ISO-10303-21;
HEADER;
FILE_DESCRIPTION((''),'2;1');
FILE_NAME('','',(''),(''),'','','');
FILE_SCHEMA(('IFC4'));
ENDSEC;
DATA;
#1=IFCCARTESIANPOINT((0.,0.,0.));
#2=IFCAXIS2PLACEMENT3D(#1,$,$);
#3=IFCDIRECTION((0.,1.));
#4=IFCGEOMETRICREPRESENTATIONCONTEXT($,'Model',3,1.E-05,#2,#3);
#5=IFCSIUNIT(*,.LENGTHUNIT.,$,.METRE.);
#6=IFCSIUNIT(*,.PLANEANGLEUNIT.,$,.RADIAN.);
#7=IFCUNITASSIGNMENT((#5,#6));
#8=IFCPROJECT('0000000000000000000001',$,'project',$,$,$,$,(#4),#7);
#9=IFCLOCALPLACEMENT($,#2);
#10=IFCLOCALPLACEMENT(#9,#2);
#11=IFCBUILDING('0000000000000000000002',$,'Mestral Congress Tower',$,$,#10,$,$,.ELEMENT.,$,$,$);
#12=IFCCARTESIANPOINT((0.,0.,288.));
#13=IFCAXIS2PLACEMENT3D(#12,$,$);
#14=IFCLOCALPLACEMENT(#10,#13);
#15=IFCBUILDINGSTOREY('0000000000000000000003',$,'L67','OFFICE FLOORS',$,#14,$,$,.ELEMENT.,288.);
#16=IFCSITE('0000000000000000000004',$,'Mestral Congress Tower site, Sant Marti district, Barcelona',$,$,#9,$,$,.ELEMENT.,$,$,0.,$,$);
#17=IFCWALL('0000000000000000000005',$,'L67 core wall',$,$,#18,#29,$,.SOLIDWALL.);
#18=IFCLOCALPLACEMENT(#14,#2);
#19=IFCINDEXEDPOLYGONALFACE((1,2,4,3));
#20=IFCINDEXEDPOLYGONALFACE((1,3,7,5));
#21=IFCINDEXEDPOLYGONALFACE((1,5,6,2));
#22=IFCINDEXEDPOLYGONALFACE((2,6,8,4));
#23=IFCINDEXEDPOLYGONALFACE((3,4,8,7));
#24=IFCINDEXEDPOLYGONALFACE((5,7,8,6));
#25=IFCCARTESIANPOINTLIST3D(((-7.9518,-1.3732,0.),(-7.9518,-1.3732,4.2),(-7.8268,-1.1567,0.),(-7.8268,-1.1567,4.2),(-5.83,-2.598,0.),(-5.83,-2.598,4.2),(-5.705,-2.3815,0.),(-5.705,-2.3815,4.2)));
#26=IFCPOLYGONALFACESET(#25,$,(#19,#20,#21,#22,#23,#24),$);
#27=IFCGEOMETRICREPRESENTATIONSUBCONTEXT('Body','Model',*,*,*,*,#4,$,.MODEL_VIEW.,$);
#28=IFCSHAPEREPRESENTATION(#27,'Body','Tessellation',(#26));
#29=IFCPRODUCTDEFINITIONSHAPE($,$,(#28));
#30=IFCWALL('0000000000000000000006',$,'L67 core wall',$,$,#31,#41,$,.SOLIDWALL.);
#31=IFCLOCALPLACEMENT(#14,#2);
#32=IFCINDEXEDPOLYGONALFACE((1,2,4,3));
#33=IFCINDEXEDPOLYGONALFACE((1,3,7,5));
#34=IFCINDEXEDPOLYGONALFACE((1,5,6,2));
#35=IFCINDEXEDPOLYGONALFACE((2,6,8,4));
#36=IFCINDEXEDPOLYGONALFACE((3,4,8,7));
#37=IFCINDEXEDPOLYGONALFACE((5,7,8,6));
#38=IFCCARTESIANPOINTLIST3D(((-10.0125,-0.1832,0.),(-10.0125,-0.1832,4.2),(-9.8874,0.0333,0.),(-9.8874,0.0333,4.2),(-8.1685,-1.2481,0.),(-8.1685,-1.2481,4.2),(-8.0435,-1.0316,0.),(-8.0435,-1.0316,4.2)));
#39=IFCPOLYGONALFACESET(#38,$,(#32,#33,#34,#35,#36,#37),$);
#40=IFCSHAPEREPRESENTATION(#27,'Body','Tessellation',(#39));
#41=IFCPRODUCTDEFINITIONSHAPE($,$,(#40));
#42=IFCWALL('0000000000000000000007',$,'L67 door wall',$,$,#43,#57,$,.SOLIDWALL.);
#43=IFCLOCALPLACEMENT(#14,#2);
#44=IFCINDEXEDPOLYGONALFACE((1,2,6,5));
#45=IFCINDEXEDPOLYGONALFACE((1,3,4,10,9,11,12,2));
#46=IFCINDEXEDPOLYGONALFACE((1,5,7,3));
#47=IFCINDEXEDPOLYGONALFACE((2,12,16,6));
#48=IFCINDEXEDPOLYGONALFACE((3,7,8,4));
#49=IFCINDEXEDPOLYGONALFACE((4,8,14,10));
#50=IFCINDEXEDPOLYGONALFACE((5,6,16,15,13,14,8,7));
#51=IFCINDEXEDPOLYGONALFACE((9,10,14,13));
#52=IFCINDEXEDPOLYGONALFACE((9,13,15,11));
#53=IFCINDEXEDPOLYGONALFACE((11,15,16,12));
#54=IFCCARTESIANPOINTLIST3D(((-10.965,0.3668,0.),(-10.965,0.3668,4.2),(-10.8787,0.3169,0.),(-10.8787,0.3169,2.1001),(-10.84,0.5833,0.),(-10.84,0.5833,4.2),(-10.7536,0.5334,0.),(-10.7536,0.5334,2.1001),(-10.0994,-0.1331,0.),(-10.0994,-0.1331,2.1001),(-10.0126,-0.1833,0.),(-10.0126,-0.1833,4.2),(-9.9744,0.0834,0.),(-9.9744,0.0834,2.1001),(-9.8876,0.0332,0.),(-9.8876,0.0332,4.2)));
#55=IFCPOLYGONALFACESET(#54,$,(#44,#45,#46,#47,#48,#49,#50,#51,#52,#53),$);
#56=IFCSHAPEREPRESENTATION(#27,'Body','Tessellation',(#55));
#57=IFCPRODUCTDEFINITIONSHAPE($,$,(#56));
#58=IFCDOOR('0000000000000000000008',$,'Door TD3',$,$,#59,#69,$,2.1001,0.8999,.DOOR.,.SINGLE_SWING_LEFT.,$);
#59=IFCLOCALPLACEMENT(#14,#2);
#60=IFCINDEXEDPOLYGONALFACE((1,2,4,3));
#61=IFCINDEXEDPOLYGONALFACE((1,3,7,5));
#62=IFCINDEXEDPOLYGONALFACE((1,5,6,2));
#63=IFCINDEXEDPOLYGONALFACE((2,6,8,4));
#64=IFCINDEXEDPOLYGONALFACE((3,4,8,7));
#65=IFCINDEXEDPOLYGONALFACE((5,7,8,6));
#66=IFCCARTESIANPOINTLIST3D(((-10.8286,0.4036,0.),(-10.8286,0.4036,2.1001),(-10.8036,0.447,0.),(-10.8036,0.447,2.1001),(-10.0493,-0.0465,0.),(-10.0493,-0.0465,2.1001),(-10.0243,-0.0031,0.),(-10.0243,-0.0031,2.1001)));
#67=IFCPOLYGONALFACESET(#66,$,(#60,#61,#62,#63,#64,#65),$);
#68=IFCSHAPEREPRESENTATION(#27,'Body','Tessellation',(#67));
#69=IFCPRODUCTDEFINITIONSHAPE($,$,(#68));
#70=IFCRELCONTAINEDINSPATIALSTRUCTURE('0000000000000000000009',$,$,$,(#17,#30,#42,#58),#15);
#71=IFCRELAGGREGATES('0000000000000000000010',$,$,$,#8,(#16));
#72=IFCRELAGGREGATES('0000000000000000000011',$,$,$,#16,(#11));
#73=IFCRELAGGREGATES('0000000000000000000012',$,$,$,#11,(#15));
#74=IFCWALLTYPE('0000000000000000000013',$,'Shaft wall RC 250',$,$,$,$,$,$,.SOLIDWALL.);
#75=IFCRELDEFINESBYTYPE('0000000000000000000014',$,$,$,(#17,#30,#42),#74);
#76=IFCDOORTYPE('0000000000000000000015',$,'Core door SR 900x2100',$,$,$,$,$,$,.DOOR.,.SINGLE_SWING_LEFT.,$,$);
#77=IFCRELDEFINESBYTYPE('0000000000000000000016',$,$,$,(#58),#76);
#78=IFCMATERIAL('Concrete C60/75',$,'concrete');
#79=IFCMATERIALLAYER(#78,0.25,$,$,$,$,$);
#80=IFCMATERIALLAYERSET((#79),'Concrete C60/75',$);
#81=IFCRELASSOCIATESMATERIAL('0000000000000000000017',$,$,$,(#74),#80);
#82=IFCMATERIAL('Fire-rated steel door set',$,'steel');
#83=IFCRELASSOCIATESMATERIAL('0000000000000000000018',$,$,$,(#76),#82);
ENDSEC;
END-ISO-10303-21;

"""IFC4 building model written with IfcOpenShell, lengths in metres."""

from ifc_helpers import new_model, si_unit, direction, frame, frame_2d, origin, place, context, subcontext, project, spatial, rectangle, extrude, material, layer, layer_set, type_object, element, fill, save


model = new_model("IFC4")

# Units and contexts
model_context = context("Model", 3, precision=1e-05, world=origin(), true_north=direction((0.0, 1.0)))
body_context = subcontext(model_context, "Body", "Model", "MODEL_VIEW")
ifc_project = project(units=[si_unit("LENGTHUNIT", "METRE"), si_unit("PLANEANGLEUNIT", "RADIAN")], contexts=[model_context])

# Site, building, storey
site_placement = place(None, origin())
site = spatial("IfcSite", under=ifc_project, at=site_placement, Name="Mestral Congress Tower site, Sant Marti district, Barcelona", CompositionType="ELEMENT", RefElevation=0.0)
building_placement = place(site_placement, origin())
building = spatial("IfcBuilding", under=site, at=building_placement, Name="Mestral Congress Tower", CompositionType="ELEMENT")
storey_placement = place(building_placement, frame((0.0, 0.0, 288.0)))
storey = spatial("IfcBuildingStorey", under=building, at=storey_placement, Name="L67", Description="OFFICE FLOORS", CompositionType="ELEMENT", Elevation=288.0)

# Shared definitions
ifc_material_1 = material(Name="Concrete C60/75", Category="concrete")

# Shared definitions
ifc_material_2 = material(Name="Fire-rated steel door set", Category="steel")

# Walls
ifc_layer_1 = layer(ifc_material_1, 0.25)
ifc_layer_set_1 = layer_set([ifc_layer_1], Name="Concrete C60/75")
wall_type_1 = type_object("IfcWallType", Name="Shaft wall RC 250", PredefinedType="SOLIDWALL", material=ifc_layer_set_1)
wall_1_placement = place(storey_placement, frame((-7.8894, -1.2649, 0.0), z_axis=(0.0, 0.0, 1.0), x_axis=(0.866058, -0.499944, 0.0)))
element("IfcWall", 1, at=wall_1_placement, inside=storey, type_object=wall_type_1, Name="L67 core wall", PredefinedType="SOLIDWALL", context=body_context, shape_type="SweptSolid", body=[
    extrude(rectangle(XDim=2.45, YDim=0.25, at=frame_2d((1.2251, 0.0))), origin(), (0.0, 0.0, 1.0), 4.2),
])
wall_2_placement = place(storey_placement, frame((-9.95, -0.075, 0.0), z_axis=(0.0, 0.0, 1.0), x_axis=(0.865962, -0.500109, 0.0)))
element("IfcWall", 2, at=wall_2_placement, inside=storey, type_object=wall_type_1, Name="L67 core wall", PredefinedType="SOLIDWALL", context=body_context, shape_type="SweptSolid", body=[
    extrude(rectangle(XDim=2.1294, YDim=0.25, at=frame_2d((1.0647, 0.0))), origin(), (0.0, 0.0, 1.0), 4.2),
])

# Wall, opening, door
wall_3_placement = place(storey_placement, frame((-9.9502, -0.075, 0.0), z_axis=(0.0, 0.0, 1.0), x_axis=(-0.865953, 0.500126, 0.0)))
wall_3 = element("IfcWall", 3, at=wall_3_placement, inside=storey, type_object=wall_type_1, Name="L67 door wall", PredefinedType="SOLIDWALL", context=body_context, shape_type="SweptSolid", body=[
    extrude(rectangle(XDim=1.0999, YDim=0.25, at=frame_2d((0.5498, 0.0))), origin(), (0.0, 0.0, 1.0), 4.2),
])
opening_1_placement = place(wall_3_placement, frame((0.1001, 0.0, 0.0)))
opening_1 = element("IfcOpeningElement", 4, at=opening_1_placement, cuts=wall_3, PredefinedType="OPENING", context=body_context, shape_type="SweptSolid", body=[
    extrude(rectangle(XDim=0.8999, YDim=2.1001, at=frame_2d((0.45, 1.05))), frame((0.0, 0.135, 0.0), z_axis=(0.0, -1.0, 0.0), x_axis=(1.0, 0.0, 0.0)), (0.0, 0.0, 1.0), 0.27),
])
door_type_1 = type_object("IfcDoorType", Name="Core door SR 900x2100", OperationType="SINGLE_SWING_LEFT", PredefinedType="DOOR", material=ifc_material_2)
door_1_placement = place(opening_1_placement, origin())
door_1 = element("IfcDoor", 5, at=door_1_placement, inside=storey, type_object=door_type_1, Name="Door TD3", OperationType="SINGLE_SWING_LEFT", OverallHeight=2.1001, OverallWidth=0.8999, PredefinedType="DOOR", context=body_context, shape_type="SweptSolid", body=[
    extrude(rectangle(XDim=0.8999, YDim=2.1001, at=frame_2d((0.45, 1.05))), frame((0.0, 0.0249, 0.0), z_axis=(0.0, -1.0, 0.0), x_axis=(1.0, 0.0, 0.0)), (0.0, 0.0, 1.0), 0.05),
])
fill(opening_1, door_1)

save(model, "model.ifc")
